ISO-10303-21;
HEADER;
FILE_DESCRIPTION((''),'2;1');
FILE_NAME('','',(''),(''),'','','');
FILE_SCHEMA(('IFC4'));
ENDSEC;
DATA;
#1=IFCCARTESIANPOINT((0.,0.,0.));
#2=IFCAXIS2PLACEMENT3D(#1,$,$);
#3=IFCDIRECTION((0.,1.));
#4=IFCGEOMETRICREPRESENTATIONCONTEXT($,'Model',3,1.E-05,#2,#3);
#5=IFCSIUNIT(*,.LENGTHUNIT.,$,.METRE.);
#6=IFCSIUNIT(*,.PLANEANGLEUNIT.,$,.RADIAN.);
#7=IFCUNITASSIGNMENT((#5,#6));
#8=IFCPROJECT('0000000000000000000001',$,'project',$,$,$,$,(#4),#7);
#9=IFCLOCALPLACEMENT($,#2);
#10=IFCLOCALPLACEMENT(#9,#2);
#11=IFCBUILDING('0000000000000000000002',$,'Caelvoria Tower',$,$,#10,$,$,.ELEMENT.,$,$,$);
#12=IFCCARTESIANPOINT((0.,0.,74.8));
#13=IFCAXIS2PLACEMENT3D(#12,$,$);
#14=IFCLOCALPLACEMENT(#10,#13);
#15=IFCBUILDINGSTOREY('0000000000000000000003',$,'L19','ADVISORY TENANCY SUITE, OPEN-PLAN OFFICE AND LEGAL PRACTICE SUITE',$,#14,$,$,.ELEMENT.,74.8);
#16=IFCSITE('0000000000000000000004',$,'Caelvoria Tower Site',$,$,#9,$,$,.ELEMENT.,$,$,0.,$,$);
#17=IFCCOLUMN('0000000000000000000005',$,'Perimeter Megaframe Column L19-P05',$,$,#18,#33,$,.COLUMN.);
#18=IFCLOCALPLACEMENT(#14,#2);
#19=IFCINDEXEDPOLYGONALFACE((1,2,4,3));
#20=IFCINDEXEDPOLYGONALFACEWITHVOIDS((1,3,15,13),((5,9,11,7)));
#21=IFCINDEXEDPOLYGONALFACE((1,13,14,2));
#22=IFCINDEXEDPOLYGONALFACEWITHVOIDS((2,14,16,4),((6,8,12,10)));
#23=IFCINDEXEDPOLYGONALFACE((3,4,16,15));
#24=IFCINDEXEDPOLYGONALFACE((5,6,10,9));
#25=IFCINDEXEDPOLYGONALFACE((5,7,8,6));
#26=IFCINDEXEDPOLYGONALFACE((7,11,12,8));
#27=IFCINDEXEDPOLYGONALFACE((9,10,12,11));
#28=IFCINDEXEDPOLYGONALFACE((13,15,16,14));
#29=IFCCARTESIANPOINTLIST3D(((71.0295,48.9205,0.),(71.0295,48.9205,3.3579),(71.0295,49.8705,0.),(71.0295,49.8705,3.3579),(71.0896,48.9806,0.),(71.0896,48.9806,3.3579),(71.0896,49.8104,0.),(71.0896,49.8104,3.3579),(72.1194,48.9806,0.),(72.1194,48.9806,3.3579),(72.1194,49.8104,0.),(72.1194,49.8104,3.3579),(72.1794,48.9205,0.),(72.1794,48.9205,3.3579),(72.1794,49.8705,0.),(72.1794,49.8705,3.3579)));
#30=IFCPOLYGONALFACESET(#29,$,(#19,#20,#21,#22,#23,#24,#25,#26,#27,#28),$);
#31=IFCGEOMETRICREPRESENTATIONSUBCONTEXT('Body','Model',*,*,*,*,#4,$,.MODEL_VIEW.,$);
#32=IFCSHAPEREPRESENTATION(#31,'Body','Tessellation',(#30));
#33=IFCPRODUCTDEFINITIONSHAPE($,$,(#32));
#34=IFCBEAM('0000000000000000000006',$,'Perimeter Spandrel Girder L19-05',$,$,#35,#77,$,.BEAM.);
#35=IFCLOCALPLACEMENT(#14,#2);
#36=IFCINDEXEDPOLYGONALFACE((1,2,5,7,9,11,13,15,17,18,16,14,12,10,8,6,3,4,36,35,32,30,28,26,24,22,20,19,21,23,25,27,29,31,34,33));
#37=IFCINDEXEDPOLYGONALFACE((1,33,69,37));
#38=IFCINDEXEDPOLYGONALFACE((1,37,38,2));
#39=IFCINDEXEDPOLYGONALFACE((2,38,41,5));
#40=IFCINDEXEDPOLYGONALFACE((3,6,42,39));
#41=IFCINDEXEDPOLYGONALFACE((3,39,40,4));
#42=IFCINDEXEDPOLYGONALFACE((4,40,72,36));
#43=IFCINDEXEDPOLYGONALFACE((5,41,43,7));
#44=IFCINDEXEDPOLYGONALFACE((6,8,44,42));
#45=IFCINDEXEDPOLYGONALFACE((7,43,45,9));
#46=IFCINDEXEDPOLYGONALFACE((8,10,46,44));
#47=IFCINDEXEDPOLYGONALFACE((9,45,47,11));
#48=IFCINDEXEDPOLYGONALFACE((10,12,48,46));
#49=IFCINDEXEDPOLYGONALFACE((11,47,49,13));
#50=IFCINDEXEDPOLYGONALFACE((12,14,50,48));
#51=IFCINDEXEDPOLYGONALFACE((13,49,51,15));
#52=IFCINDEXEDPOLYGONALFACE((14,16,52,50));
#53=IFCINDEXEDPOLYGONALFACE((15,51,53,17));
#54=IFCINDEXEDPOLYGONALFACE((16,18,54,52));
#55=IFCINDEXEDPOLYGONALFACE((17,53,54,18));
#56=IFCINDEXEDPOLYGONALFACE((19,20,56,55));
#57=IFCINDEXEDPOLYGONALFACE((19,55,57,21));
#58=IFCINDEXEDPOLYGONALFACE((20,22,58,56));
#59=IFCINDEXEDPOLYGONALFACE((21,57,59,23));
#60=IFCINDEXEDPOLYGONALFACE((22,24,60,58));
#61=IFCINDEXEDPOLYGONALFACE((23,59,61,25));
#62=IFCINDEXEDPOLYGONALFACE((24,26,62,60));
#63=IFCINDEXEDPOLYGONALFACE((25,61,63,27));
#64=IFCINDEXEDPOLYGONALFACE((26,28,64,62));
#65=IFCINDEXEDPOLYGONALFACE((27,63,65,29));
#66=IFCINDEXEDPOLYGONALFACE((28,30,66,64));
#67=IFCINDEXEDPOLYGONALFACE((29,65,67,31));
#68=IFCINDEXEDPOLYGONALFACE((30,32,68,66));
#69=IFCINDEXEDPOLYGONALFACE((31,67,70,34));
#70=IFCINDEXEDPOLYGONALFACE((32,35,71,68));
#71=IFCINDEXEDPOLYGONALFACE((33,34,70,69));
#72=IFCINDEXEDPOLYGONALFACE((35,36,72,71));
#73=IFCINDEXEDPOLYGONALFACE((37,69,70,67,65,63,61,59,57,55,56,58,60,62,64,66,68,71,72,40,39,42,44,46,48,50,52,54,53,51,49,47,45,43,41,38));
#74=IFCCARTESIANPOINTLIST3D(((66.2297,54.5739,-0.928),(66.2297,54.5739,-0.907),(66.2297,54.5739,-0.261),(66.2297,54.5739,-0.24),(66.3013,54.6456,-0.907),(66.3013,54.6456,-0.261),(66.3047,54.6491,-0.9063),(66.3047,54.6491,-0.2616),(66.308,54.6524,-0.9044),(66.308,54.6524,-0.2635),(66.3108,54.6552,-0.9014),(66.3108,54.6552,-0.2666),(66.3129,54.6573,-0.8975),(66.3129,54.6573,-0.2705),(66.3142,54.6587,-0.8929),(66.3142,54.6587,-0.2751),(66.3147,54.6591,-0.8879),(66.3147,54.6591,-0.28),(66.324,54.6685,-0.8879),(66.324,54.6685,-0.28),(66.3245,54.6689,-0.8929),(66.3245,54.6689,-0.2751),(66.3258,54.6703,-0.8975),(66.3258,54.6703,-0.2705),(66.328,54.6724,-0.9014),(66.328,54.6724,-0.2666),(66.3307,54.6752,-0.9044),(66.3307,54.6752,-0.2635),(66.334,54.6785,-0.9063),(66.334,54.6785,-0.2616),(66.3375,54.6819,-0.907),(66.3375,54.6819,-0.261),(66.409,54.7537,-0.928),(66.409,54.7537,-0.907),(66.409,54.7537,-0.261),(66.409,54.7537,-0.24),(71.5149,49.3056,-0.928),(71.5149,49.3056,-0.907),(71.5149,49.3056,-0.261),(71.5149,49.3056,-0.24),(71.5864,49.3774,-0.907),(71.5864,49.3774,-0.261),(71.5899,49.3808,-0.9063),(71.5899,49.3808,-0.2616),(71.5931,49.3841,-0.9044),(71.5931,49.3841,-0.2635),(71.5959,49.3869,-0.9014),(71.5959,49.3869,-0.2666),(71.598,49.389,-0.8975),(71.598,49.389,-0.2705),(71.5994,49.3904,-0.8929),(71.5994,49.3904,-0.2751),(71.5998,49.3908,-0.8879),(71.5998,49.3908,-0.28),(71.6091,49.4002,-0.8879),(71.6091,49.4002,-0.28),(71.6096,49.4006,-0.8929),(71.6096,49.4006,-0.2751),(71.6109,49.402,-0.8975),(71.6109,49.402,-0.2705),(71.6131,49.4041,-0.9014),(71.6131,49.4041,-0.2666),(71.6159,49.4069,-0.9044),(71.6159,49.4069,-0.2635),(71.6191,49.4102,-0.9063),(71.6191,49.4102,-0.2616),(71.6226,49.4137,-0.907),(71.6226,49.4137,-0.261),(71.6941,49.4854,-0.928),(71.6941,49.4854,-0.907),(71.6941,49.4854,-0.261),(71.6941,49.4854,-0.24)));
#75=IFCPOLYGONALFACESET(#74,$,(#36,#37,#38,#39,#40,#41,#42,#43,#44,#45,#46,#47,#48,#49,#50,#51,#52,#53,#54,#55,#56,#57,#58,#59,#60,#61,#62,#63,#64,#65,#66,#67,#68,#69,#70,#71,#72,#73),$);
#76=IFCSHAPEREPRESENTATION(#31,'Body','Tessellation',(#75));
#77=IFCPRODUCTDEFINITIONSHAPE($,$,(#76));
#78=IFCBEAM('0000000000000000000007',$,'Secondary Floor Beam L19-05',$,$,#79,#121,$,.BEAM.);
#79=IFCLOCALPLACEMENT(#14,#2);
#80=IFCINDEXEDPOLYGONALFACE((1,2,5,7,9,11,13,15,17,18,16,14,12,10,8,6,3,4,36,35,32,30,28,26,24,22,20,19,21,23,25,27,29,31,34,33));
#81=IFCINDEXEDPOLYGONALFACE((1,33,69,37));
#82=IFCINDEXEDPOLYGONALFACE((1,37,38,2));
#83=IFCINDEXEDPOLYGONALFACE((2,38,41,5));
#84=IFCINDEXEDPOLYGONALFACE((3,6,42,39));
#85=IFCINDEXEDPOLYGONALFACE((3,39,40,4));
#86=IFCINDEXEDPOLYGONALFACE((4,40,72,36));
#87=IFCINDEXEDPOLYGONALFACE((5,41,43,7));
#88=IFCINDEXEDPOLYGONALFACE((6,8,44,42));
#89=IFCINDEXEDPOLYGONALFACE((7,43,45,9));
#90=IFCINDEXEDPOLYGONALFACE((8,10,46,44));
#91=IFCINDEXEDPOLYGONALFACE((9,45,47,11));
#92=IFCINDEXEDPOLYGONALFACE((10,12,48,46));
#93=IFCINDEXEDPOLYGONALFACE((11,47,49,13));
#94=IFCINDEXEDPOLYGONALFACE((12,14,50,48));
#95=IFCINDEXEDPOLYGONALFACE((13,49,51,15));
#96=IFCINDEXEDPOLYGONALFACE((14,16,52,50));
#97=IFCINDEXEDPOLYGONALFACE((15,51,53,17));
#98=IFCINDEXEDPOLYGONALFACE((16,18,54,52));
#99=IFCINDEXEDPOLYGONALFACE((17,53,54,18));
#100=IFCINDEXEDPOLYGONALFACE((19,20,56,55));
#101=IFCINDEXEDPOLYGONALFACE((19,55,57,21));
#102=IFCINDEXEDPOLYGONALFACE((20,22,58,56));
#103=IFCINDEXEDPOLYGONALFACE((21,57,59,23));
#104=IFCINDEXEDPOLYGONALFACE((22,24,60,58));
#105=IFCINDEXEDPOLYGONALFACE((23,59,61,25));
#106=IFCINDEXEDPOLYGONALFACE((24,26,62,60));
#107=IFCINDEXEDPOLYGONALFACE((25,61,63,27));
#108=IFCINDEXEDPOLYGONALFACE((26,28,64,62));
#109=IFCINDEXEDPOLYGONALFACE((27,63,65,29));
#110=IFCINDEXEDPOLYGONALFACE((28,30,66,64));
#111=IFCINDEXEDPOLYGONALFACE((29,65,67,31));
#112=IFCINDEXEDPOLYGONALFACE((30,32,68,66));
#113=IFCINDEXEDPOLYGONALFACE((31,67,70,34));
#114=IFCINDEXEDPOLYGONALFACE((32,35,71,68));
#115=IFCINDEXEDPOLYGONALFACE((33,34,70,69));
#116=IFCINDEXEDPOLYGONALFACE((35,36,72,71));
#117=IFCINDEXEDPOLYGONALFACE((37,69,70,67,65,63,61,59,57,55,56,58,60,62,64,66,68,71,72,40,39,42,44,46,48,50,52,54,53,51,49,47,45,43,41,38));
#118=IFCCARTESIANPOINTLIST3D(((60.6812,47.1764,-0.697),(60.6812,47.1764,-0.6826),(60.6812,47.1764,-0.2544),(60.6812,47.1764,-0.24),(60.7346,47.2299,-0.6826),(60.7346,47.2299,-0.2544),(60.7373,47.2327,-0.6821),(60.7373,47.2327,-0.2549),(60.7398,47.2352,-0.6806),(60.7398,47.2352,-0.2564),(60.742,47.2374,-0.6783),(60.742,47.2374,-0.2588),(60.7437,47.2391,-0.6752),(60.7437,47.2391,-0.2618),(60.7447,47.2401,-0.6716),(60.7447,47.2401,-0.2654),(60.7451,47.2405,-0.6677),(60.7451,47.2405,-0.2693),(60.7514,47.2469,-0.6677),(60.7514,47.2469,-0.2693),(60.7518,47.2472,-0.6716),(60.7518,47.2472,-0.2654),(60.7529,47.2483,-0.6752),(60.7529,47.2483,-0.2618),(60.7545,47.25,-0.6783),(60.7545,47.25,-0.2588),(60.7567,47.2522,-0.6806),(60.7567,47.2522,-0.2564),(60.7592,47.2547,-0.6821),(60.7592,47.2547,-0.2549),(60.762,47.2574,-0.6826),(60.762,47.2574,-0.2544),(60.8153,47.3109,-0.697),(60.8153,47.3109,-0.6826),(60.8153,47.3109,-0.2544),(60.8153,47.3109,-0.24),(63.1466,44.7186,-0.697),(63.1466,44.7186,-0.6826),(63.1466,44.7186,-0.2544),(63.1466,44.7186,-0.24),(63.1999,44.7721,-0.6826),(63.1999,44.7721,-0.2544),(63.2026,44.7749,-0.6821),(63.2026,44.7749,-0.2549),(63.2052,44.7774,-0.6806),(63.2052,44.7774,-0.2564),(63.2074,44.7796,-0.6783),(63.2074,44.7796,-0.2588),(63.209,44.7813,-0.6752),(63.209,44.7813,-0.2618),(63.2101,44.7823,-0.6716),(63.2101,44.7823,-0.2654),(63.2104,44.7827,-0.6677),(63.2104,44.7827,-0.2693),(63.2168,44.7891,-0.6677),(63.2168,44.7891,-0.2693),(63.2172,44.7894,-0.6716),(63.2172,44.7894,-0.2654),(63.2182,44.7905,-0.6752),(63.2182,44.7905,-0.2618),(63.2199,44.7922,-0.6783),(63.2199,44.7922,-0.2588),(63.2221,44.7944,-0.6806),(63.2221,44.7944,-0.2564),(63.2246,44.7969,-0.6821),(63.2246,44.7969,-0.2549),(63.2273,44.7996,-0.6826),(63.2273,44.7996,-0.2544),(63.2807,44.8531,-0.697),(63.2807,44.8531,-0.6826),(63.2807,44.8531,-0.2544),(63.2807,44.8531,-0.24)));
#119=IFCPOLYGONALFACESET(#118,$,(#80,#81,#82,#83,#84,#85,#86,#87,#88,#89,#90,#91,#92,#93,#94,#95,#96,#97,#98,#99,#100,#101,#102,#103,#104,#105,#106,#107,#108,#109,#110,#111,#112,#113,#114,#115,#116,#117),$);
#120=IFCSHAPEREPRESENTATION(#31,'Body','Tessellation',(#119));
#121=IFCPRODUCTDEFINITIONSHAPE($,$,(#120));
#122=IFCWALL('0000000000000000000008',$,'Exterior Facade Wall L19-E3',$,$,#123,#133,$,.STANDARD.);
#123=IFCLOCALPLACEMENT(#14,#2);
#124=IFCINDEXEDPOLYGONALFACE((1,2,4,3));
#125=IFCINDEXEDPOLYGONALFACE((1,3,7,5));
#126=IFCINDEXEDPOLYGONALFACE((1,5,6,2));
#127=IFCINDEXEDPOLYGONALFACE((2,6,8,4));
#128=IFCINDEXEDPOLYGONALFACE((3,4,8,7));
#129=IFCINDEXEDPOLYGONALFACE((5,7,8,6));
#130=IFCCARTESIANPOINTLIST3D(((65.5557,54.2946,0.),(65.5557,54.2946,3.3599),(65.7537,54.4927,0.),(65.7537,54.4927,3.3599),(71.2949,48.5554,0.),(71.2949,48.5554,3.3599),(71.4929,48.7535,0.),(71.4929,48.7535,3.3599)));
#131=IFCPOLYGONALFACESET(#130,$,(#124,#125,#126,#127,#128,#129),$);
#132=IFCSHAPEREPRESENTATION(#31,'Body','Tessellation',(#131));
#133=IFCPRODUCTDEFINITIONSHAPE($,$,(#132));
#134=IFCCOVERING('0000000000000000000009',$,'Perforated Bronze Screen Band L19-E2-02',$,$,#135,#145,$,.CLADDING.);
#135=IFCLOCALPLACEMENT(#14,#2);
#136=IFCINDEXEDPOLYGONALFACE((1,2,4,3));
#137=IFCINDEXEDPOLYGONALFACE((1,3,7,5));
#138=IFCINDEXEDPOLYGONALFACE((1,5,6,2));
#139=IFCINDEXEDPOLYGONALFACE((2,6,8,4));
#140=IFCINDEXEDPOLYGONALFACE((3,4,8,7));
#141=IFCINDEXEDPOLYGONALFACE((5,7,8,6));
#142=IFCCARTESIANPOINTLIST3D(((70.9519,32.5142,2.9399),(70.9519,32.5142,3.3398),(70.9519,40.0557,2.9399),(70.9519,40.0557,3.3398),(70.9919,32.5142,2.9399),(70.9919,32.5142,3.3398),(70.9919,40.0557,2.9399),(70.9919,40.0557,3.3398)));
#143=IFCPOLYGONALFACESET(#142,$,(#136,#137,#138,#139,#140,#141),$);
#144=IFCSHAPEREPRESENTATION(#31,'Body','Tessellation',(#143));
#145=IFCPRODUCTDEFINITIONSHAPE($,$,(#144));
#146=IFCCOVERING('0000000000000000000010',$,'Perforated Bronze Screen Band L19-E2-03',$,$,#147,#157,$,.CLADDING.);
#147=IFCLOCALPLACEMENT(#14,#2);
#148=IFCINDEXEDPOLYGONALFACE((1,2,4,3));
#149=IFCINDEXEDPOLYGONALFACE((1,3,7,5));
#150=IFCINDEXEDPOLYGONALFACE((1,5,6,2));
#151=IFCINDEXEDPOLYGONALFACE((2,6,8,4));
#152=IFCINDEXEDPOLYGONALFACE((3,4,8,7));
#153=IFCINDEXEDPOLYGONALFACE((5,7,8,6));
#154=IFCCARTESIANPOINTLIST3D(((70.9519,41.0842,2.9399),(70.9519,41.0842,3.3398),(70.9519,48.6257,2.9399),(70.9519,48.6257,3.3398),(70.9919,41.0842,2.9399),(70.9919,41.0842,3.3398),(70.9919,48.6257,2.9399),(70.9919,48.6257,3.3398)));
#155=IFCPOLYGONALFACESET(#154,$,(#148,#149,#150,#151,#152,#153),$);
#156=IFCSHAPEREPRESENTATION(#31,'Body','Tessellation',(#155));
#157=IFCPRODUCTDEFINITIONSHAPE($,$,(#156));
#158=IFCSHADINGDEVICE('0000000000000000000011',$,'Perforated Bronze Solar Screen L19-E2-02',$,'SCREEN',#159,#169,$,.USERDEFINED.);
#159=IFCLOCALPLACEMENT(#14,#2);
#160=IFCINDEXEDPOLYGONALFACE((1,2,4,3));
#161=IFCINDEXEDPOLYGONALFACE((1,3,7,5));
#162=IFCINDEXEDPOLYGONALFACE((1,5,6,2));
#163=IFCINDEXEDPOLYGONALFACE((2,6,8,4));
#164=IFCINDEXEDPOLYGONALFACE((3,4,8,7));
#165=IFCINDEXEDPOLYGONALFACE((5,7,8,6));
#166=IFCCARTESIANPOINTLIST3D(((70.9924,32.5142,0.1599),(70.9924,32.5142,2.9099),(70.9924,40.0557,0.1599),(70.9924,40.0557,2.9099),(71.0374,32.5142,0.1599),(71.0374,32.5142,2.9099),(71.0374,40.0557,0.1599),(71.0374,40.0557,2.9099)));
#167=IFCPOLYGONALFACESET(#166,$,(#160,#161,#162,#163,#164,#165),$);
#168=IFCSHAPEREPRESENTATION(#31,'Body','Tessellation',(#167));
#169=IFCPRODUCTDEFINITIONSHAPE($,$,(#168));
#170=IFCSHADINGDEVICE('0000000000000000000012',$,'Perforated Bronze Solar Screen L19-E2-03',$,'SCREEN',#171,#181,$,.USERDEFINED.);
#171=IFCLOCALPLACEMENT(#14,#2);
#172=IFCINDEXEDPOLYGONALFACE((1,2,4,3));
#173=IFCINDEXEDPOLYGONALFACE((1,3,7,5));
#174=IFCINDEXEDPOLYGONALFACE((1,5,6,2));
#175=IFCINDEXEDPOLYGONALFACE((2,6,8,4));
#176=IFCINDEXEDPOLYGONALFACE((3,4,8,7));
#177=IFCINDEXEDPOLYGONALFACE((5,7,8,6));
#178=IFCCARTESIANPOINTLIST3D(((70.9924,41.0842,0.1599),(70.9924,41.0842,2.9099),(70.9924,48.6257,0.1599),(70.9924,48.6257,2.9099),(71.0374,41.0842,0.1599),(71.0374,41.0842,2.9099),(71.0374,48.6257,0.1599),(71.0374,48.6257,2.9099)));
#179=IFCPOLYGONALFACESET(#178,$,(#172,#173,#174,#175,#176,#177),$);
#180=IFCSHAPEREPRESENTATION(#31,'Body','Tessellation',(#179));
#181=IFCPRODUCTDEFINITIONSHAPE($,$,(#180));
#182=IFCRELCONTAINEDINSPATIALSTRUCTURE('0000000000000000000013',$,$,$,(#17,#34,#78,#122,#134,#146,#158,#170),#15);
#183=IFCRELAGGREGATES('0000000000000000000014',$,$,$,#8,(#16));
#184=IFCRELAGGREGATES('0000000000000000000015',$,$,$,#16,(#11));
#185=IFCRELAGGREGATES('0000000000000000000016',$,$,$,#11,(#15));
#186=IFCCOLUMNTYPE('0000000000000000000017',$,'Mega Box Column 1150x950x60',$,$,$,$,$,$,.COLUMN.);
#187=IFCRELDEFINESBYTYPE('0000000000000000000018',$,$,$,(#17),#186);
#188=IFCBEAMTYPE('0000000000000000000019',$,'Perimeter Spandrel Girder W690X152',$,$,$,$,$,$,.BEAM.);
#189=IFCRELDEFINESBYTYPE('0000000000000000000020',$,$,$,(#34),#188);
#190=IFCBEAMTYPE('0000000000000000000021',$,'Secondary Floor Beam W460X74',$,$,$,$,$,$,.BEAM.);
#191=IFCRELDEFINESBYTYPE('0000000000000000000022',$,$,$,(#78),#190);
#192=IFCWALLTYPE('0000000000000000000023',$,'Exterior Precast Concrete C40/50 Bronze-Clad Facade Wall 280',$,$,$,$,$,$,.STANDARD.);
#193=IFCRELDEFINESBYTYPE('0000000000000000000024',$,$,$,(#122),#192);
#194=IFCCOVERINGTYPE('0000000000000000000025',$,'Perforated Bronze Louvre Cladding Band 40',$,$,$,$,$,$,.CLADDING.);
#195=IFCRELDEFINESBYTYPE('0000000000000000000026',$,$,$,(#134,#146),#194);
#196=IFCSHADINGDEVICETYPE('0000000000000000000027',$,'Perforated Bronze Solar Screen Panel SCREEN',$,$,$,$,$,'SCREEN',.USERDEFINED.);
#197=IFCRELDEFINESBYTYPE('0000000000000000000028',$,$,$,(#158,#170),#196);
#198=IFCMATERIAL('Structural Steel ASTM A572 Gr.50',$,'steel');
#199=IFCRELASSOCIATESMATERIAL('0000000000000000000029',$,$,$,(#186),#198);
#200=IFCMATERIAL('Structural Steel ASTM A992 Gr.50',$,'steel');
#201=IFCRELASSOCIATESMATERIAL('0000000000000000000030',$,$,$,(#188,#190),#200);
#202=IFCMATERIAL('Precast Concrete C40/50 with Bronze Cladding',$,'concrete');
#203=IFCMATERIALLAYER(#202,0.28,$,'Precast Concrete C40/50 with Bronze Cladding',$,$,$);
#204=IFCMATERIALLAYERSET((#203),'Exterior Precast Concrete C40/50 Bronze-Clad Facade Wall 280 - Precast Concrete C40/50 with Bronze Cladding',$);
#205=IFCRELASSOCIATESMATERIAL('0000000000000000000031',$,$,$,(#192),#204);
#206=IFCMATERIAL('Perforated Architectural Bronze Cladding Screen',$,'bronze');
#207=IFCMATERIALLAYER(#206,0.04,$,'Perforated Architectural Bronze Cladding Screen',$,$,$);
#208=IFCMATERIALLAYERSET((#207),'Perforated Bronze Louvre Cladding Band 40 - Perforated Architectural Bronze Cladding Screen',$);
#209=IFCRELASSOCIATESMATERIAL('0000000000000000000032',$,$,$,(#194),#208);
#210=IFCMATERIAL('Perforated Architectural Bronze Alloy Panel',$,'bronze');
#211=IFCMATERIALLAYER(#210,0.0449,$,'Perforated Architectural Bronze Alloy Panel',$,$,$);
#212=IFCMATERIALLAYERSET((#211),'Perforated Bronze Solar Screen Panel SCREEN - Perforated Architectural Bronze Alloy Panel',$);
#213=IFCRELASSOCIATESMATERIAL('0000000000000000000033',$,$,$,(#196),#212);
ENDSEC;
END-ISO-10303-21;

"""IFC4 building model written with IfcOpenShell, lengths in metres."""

from ifc_helpers import new_model, si_unit, direction, frame, frame_2d, origin, origin_2d, place, context, subcontext, project, spatial, rectangle, hollow_rectangle, i_section, extrude, material, layer, layer_set, material_profile, profile_set, type_object, element, save


model = new_model("IFC4")

# Units and contexts
model_context = context("Model", 3, precision=1e-05, world=origin(), true_north=direction((0.0, 1.0)))
body_context = subcontext(model_context, "Body", "Model", "MODEL_VIEW")
ifc_project = project(units=[si_unit("LENGTHUNIT", "METRE"), si_unit("PLANEANGLEUNIT", "RADIAN")], contexts=[model_context])

# Site, building, storey
site_placement = place(None, origin())
site = spatial("IfcSite", under=ifc_project, at=site_placement, Name="Caelvoria Tower Site", CompositionType="ELEMENT", RefElevation=0.0)
building_placement = place(site_placement, origin())
building = spatial("IfcBuilding", under=site, at=building_placement, Name="Caelvoria Tower", CompositionType="ELEMENT")
storey_placement = place(building_placement, frame((0.0, 0.0, 74.8)))
storey = spatial("IfcBuildingStorey", under=building, at=storey_placement, Name="L19", Description="ADVISORY TENANCY SUITE, OPEN-PLAN OFFICE AND LEGAL PRACTICE SUITE", CompositionType="ELEMENT", Elevation=74.8)

# Column
ifc_material_1 = material(Name="Structural Steel ASTM A572 Gr.50", Category="steel")
ifc_material_profile_1 = material_profile(ifc_material_1, hollow_rectangle(XDim=0.95, YDim=1.1499, WallThickness=0.0601, at=origin_2d()), Name="Structural Steel ASTM A572 Gr.50")
ifc_profile_set_1 = profile_set([ifc_material_profile_1], Name="BOX1150X950X60 - Structural Steel ASTM A572 Gr.50")
column_type = type_object("IfcColumnType", Name="Mega Box Column 1150x950x60", PredefinedType="COLUMN", material=ifc_profile_set_1)
column_placement = place(storey_placement, frame((71.6045, 49.3955, 0.0), z_axis=(0.0, 0.0, 1.0), x_axis=(0.0, 1.0, 0.0)))
element("IfcColumn", 1, at=column_placement, inside=storey, type_object=column_type, Name="Perimeter Megaframe Column L19-P05", PredefinedType="COLUMN", context=body_context, shape_type="SweptSolid", body=[
    extrude(hollow_rectangle(XDim=0.95, YDim=1.1499, WallThickness=0.0601, at=origin_2d()), origin(), (0.0, 0.0, 1.0), 3.3579),
])

# Beams
ifc_material_2 = material(Name="Structural Steel ASTM A992 Gr.50", Category="steel")
ifc_material_profile_2 = material_profile(ifc_material_2, i_section(OverallWidth=0.2539, OverallDepth=0.688, WebThickness=0.0132, FlangeThickness=0.021, FilletRadius=0.019, at=origin_2d()), Name="Structural Steel ASTM A992 Gr.50")
ifc_profile_set_2 = profile_set([ifc_material_profile_2], Name="W690X152 - Structural Steel ASTM A992 Gr.50")
beam_type_1 = type_object("IfcBeamType", Name="Perimeter Spandrel Girder W690X152", PredefinedType="BEAM", material=ifc_profile_set_2)
beam_1_placement = place(storey_placement, frame((71.6045, 49.3955, -0.584), z_axis=(-0.708235, 0.705977, 0.0), x_axis=(-0.705977, -0.708235, 0.0)))
element("IfcBeam", 2, at=beam_1_placement, inside=storey, type_object=beam_type_1, Name="Perimeter Spandrel Girder L19-05", PredefinedType="BEAM", context=body_context, shape_type="SweptSolid", body=[
    extrude(i_section(OverallWidth=0.2539, OverallDepth=0.688, WebThickness=0.0132, FlangeThickness=0.021, FilletRadius=0.019, at=origin_2d()), origin(), (0.0, 0.0, 1.0), 7.4624),
])
ifc_material_profile_3 = material_profile(ifc_material_2, i_section(OverallWidth=0.1899, OverallDepth=0.457, WebThickness=0.009, FlangeThickness=0.0144, FilletRadius=0.0149, at=origin_2d()), Name="Structural Steel ASTM A992 Gr.50")
ifc_profile_set_3 = profile_set([ifc_material_profile_3], Name="W460X74 - Structural Steel ASTM A992 Gr.50")
beam_type_2 = type_object("IfcBeamType", Name="Secondary Floor Beam W460X74", PredefinedType="BEAM", material=ifc_profile_set_3)
beam_2_placement = place(storey_placement, frame((63.2136, 44.7859, -0.4685), z_axis=(-0.708193, 0.706019, 0.0), x_axis=(-0.706019, -0.708193, 0.0)))
element("IfcBeam", 3, at=beam_2_placement, inside=storey, type_object=beam_type_2, Name="Secondary Floor Beam L19-05", PredefinedType="BEAM", context=body_context, shape_type="SweptSolid", body=[
    extrude(i_section(OverallWidth=0.1899, OverallDepth=0.457, WebThickness=0.009, FlangeThickness=0.0144, FilletRadius=0.0149, at=origin_2d()), origin(), (0.0, 0.0, 1.0), 3.4812),
])

# Wall
ifc_material_3 = material(Name="Precast Concrete C40/50 with Bronze Cladding", Category="concrete")
ifc_layer_1 = layer(ifc_material_3, 0.28, Name="Precast Concrete C40/50 with Bronze Cladding")
ifc_layer_set_1 = layer_set([ifc_layer_1], Name="Exterior Precast Concrete C40/50 Bronze-Clad Facade Wall 280 - Precast Concrete C40/50 with Bronze Cladding")
wall_type = type_object("IfcWallType", Name="Exterior Precast Concrete C40/50 Bronze-Clad Facade Wall 280", PredefinedType="STANDARD", material=ifc_layer_set_1)
wall_placement = place(storey_placement, frame((71.3938, 48.6545, 0.0), z_axis=(0.0, 0.0, 1.0), x_axis=(-0.707107, 0.707107, 0.0)))
element("IfcWall", 4, at=wall_placement, inside=storey, type_object=wall_type, Name="Exterior Facade Wall L19-E3", PredefinedType="STANDARD", context=body_context, shape_type="SweptSolid", body=[
    extrude(rectangle(XDim=8.1165, YDim=0.28, at=frame_2d((4.0581, 0.0))), origin(), (0.0, 0.0, 1.0), 3.3599),
])

# Coverings
ifc_material_4 = material(Name="Perforated Architectural Bronze Cladding Screen", Category="bronze")
ifc_layer_2 = layer(ifc_material_4, 0.04, Name="Perforated Architectural Bronze Cladding Screen")
ifc_layer_set_2 = layer_set([ifc_layer_2], Name="Perforated Bronze Louvre Cladding Band 40 - Perforated Architectural Bronze Cladding Screen")
covering_type = type_object("IfcCoveringType", Name="Perforated Bronze Louvre Cladding Band 40", PredefinedType="CLADDING", material=ifc_layer_set_2)
for number, where, z_axis, x_axis, name in (
    (5, (70.9719, 36.2849, 2.9399), (0.0, 0.0, 1.0), (0.0, 1.0, 0.0), "Perforated Bronze Screen Band L19-E2-02"),
    (6, (70.9719, 44.855, 2.9399), (0.0, 0.0, 1.0), (0.0, 1.0, 0.0), "Perforated Bronze Screen Band L19-E2-03"),
):
    element("IfcCovering", number, at=place(storey_placement, frame(where, z_axis=z_axis, x_axis=x_axis)), inside=storey, type_object=covering_type, Name=name, PredefinedType="CLADDING", context=body_context, shape_type="SweptSolid", body=[
        extrude(rectangle(XDim=7.5415, YDim=0.04, at=origin_2d()), origin(), (0.0, 0.0, 1.0), 0.3999),
    ])

# Shading devices
ifc_material_5 = material(Name="Perforated Architectural Bronze Alloy Panel", Category="bronze")
ifc_layer_3 = layer(ifc_material_5, 0.0449, Name="Perforated Architectural Bronze Alloy Panel")
ifc_layer_set_3 = layer_set([ifc_layer_3], Name="Perforated Bronze Solar Screen Panel SCREEN - Perforated Architectural Bronze Alloy Panel")
shading_device_type = type_object("IfcShadingDeviceType", Name="Perforated Bronze Solar Screen Panel SCREEN", ElementType="SCREEN", PredefinedType="USERDEFINED", material=ifc_layer_set_3)
for number, where, z_axis, x_axis, name in (
    (7, (71.0149, 36.2849, 0.1599), (0.0, 0.0, 1.0), (0.0, 1.0, 0.0), "Perforated Bronze Solar Screen L19-E2-02"),
    (8, (71.0149, 44.855, 0.1599), (0.0, 0.0, 1.0), (0.0, 1.0, 0.0), "Perforated Bronze Solar Screen L19-E2-03"),
):
    element("IfcShadingDevice", number, at=place(storey_placement, frame(where, z_axis=z_axis, x_axis=x_axis)), inside=storey, type_object=shading_device_type, Name=name, ObjectType="SCREEN", PredefinedType="USERDEFINED", context=body_context, shape_type="SweptSolid", body=[
        extrude(rectangle(XDim=7.5415, YDim=0.0449, at=origin_2d()), origin(), (0.0, 0.0, 1.0), 2.75),
    ])

save(model, "model.ifc")
